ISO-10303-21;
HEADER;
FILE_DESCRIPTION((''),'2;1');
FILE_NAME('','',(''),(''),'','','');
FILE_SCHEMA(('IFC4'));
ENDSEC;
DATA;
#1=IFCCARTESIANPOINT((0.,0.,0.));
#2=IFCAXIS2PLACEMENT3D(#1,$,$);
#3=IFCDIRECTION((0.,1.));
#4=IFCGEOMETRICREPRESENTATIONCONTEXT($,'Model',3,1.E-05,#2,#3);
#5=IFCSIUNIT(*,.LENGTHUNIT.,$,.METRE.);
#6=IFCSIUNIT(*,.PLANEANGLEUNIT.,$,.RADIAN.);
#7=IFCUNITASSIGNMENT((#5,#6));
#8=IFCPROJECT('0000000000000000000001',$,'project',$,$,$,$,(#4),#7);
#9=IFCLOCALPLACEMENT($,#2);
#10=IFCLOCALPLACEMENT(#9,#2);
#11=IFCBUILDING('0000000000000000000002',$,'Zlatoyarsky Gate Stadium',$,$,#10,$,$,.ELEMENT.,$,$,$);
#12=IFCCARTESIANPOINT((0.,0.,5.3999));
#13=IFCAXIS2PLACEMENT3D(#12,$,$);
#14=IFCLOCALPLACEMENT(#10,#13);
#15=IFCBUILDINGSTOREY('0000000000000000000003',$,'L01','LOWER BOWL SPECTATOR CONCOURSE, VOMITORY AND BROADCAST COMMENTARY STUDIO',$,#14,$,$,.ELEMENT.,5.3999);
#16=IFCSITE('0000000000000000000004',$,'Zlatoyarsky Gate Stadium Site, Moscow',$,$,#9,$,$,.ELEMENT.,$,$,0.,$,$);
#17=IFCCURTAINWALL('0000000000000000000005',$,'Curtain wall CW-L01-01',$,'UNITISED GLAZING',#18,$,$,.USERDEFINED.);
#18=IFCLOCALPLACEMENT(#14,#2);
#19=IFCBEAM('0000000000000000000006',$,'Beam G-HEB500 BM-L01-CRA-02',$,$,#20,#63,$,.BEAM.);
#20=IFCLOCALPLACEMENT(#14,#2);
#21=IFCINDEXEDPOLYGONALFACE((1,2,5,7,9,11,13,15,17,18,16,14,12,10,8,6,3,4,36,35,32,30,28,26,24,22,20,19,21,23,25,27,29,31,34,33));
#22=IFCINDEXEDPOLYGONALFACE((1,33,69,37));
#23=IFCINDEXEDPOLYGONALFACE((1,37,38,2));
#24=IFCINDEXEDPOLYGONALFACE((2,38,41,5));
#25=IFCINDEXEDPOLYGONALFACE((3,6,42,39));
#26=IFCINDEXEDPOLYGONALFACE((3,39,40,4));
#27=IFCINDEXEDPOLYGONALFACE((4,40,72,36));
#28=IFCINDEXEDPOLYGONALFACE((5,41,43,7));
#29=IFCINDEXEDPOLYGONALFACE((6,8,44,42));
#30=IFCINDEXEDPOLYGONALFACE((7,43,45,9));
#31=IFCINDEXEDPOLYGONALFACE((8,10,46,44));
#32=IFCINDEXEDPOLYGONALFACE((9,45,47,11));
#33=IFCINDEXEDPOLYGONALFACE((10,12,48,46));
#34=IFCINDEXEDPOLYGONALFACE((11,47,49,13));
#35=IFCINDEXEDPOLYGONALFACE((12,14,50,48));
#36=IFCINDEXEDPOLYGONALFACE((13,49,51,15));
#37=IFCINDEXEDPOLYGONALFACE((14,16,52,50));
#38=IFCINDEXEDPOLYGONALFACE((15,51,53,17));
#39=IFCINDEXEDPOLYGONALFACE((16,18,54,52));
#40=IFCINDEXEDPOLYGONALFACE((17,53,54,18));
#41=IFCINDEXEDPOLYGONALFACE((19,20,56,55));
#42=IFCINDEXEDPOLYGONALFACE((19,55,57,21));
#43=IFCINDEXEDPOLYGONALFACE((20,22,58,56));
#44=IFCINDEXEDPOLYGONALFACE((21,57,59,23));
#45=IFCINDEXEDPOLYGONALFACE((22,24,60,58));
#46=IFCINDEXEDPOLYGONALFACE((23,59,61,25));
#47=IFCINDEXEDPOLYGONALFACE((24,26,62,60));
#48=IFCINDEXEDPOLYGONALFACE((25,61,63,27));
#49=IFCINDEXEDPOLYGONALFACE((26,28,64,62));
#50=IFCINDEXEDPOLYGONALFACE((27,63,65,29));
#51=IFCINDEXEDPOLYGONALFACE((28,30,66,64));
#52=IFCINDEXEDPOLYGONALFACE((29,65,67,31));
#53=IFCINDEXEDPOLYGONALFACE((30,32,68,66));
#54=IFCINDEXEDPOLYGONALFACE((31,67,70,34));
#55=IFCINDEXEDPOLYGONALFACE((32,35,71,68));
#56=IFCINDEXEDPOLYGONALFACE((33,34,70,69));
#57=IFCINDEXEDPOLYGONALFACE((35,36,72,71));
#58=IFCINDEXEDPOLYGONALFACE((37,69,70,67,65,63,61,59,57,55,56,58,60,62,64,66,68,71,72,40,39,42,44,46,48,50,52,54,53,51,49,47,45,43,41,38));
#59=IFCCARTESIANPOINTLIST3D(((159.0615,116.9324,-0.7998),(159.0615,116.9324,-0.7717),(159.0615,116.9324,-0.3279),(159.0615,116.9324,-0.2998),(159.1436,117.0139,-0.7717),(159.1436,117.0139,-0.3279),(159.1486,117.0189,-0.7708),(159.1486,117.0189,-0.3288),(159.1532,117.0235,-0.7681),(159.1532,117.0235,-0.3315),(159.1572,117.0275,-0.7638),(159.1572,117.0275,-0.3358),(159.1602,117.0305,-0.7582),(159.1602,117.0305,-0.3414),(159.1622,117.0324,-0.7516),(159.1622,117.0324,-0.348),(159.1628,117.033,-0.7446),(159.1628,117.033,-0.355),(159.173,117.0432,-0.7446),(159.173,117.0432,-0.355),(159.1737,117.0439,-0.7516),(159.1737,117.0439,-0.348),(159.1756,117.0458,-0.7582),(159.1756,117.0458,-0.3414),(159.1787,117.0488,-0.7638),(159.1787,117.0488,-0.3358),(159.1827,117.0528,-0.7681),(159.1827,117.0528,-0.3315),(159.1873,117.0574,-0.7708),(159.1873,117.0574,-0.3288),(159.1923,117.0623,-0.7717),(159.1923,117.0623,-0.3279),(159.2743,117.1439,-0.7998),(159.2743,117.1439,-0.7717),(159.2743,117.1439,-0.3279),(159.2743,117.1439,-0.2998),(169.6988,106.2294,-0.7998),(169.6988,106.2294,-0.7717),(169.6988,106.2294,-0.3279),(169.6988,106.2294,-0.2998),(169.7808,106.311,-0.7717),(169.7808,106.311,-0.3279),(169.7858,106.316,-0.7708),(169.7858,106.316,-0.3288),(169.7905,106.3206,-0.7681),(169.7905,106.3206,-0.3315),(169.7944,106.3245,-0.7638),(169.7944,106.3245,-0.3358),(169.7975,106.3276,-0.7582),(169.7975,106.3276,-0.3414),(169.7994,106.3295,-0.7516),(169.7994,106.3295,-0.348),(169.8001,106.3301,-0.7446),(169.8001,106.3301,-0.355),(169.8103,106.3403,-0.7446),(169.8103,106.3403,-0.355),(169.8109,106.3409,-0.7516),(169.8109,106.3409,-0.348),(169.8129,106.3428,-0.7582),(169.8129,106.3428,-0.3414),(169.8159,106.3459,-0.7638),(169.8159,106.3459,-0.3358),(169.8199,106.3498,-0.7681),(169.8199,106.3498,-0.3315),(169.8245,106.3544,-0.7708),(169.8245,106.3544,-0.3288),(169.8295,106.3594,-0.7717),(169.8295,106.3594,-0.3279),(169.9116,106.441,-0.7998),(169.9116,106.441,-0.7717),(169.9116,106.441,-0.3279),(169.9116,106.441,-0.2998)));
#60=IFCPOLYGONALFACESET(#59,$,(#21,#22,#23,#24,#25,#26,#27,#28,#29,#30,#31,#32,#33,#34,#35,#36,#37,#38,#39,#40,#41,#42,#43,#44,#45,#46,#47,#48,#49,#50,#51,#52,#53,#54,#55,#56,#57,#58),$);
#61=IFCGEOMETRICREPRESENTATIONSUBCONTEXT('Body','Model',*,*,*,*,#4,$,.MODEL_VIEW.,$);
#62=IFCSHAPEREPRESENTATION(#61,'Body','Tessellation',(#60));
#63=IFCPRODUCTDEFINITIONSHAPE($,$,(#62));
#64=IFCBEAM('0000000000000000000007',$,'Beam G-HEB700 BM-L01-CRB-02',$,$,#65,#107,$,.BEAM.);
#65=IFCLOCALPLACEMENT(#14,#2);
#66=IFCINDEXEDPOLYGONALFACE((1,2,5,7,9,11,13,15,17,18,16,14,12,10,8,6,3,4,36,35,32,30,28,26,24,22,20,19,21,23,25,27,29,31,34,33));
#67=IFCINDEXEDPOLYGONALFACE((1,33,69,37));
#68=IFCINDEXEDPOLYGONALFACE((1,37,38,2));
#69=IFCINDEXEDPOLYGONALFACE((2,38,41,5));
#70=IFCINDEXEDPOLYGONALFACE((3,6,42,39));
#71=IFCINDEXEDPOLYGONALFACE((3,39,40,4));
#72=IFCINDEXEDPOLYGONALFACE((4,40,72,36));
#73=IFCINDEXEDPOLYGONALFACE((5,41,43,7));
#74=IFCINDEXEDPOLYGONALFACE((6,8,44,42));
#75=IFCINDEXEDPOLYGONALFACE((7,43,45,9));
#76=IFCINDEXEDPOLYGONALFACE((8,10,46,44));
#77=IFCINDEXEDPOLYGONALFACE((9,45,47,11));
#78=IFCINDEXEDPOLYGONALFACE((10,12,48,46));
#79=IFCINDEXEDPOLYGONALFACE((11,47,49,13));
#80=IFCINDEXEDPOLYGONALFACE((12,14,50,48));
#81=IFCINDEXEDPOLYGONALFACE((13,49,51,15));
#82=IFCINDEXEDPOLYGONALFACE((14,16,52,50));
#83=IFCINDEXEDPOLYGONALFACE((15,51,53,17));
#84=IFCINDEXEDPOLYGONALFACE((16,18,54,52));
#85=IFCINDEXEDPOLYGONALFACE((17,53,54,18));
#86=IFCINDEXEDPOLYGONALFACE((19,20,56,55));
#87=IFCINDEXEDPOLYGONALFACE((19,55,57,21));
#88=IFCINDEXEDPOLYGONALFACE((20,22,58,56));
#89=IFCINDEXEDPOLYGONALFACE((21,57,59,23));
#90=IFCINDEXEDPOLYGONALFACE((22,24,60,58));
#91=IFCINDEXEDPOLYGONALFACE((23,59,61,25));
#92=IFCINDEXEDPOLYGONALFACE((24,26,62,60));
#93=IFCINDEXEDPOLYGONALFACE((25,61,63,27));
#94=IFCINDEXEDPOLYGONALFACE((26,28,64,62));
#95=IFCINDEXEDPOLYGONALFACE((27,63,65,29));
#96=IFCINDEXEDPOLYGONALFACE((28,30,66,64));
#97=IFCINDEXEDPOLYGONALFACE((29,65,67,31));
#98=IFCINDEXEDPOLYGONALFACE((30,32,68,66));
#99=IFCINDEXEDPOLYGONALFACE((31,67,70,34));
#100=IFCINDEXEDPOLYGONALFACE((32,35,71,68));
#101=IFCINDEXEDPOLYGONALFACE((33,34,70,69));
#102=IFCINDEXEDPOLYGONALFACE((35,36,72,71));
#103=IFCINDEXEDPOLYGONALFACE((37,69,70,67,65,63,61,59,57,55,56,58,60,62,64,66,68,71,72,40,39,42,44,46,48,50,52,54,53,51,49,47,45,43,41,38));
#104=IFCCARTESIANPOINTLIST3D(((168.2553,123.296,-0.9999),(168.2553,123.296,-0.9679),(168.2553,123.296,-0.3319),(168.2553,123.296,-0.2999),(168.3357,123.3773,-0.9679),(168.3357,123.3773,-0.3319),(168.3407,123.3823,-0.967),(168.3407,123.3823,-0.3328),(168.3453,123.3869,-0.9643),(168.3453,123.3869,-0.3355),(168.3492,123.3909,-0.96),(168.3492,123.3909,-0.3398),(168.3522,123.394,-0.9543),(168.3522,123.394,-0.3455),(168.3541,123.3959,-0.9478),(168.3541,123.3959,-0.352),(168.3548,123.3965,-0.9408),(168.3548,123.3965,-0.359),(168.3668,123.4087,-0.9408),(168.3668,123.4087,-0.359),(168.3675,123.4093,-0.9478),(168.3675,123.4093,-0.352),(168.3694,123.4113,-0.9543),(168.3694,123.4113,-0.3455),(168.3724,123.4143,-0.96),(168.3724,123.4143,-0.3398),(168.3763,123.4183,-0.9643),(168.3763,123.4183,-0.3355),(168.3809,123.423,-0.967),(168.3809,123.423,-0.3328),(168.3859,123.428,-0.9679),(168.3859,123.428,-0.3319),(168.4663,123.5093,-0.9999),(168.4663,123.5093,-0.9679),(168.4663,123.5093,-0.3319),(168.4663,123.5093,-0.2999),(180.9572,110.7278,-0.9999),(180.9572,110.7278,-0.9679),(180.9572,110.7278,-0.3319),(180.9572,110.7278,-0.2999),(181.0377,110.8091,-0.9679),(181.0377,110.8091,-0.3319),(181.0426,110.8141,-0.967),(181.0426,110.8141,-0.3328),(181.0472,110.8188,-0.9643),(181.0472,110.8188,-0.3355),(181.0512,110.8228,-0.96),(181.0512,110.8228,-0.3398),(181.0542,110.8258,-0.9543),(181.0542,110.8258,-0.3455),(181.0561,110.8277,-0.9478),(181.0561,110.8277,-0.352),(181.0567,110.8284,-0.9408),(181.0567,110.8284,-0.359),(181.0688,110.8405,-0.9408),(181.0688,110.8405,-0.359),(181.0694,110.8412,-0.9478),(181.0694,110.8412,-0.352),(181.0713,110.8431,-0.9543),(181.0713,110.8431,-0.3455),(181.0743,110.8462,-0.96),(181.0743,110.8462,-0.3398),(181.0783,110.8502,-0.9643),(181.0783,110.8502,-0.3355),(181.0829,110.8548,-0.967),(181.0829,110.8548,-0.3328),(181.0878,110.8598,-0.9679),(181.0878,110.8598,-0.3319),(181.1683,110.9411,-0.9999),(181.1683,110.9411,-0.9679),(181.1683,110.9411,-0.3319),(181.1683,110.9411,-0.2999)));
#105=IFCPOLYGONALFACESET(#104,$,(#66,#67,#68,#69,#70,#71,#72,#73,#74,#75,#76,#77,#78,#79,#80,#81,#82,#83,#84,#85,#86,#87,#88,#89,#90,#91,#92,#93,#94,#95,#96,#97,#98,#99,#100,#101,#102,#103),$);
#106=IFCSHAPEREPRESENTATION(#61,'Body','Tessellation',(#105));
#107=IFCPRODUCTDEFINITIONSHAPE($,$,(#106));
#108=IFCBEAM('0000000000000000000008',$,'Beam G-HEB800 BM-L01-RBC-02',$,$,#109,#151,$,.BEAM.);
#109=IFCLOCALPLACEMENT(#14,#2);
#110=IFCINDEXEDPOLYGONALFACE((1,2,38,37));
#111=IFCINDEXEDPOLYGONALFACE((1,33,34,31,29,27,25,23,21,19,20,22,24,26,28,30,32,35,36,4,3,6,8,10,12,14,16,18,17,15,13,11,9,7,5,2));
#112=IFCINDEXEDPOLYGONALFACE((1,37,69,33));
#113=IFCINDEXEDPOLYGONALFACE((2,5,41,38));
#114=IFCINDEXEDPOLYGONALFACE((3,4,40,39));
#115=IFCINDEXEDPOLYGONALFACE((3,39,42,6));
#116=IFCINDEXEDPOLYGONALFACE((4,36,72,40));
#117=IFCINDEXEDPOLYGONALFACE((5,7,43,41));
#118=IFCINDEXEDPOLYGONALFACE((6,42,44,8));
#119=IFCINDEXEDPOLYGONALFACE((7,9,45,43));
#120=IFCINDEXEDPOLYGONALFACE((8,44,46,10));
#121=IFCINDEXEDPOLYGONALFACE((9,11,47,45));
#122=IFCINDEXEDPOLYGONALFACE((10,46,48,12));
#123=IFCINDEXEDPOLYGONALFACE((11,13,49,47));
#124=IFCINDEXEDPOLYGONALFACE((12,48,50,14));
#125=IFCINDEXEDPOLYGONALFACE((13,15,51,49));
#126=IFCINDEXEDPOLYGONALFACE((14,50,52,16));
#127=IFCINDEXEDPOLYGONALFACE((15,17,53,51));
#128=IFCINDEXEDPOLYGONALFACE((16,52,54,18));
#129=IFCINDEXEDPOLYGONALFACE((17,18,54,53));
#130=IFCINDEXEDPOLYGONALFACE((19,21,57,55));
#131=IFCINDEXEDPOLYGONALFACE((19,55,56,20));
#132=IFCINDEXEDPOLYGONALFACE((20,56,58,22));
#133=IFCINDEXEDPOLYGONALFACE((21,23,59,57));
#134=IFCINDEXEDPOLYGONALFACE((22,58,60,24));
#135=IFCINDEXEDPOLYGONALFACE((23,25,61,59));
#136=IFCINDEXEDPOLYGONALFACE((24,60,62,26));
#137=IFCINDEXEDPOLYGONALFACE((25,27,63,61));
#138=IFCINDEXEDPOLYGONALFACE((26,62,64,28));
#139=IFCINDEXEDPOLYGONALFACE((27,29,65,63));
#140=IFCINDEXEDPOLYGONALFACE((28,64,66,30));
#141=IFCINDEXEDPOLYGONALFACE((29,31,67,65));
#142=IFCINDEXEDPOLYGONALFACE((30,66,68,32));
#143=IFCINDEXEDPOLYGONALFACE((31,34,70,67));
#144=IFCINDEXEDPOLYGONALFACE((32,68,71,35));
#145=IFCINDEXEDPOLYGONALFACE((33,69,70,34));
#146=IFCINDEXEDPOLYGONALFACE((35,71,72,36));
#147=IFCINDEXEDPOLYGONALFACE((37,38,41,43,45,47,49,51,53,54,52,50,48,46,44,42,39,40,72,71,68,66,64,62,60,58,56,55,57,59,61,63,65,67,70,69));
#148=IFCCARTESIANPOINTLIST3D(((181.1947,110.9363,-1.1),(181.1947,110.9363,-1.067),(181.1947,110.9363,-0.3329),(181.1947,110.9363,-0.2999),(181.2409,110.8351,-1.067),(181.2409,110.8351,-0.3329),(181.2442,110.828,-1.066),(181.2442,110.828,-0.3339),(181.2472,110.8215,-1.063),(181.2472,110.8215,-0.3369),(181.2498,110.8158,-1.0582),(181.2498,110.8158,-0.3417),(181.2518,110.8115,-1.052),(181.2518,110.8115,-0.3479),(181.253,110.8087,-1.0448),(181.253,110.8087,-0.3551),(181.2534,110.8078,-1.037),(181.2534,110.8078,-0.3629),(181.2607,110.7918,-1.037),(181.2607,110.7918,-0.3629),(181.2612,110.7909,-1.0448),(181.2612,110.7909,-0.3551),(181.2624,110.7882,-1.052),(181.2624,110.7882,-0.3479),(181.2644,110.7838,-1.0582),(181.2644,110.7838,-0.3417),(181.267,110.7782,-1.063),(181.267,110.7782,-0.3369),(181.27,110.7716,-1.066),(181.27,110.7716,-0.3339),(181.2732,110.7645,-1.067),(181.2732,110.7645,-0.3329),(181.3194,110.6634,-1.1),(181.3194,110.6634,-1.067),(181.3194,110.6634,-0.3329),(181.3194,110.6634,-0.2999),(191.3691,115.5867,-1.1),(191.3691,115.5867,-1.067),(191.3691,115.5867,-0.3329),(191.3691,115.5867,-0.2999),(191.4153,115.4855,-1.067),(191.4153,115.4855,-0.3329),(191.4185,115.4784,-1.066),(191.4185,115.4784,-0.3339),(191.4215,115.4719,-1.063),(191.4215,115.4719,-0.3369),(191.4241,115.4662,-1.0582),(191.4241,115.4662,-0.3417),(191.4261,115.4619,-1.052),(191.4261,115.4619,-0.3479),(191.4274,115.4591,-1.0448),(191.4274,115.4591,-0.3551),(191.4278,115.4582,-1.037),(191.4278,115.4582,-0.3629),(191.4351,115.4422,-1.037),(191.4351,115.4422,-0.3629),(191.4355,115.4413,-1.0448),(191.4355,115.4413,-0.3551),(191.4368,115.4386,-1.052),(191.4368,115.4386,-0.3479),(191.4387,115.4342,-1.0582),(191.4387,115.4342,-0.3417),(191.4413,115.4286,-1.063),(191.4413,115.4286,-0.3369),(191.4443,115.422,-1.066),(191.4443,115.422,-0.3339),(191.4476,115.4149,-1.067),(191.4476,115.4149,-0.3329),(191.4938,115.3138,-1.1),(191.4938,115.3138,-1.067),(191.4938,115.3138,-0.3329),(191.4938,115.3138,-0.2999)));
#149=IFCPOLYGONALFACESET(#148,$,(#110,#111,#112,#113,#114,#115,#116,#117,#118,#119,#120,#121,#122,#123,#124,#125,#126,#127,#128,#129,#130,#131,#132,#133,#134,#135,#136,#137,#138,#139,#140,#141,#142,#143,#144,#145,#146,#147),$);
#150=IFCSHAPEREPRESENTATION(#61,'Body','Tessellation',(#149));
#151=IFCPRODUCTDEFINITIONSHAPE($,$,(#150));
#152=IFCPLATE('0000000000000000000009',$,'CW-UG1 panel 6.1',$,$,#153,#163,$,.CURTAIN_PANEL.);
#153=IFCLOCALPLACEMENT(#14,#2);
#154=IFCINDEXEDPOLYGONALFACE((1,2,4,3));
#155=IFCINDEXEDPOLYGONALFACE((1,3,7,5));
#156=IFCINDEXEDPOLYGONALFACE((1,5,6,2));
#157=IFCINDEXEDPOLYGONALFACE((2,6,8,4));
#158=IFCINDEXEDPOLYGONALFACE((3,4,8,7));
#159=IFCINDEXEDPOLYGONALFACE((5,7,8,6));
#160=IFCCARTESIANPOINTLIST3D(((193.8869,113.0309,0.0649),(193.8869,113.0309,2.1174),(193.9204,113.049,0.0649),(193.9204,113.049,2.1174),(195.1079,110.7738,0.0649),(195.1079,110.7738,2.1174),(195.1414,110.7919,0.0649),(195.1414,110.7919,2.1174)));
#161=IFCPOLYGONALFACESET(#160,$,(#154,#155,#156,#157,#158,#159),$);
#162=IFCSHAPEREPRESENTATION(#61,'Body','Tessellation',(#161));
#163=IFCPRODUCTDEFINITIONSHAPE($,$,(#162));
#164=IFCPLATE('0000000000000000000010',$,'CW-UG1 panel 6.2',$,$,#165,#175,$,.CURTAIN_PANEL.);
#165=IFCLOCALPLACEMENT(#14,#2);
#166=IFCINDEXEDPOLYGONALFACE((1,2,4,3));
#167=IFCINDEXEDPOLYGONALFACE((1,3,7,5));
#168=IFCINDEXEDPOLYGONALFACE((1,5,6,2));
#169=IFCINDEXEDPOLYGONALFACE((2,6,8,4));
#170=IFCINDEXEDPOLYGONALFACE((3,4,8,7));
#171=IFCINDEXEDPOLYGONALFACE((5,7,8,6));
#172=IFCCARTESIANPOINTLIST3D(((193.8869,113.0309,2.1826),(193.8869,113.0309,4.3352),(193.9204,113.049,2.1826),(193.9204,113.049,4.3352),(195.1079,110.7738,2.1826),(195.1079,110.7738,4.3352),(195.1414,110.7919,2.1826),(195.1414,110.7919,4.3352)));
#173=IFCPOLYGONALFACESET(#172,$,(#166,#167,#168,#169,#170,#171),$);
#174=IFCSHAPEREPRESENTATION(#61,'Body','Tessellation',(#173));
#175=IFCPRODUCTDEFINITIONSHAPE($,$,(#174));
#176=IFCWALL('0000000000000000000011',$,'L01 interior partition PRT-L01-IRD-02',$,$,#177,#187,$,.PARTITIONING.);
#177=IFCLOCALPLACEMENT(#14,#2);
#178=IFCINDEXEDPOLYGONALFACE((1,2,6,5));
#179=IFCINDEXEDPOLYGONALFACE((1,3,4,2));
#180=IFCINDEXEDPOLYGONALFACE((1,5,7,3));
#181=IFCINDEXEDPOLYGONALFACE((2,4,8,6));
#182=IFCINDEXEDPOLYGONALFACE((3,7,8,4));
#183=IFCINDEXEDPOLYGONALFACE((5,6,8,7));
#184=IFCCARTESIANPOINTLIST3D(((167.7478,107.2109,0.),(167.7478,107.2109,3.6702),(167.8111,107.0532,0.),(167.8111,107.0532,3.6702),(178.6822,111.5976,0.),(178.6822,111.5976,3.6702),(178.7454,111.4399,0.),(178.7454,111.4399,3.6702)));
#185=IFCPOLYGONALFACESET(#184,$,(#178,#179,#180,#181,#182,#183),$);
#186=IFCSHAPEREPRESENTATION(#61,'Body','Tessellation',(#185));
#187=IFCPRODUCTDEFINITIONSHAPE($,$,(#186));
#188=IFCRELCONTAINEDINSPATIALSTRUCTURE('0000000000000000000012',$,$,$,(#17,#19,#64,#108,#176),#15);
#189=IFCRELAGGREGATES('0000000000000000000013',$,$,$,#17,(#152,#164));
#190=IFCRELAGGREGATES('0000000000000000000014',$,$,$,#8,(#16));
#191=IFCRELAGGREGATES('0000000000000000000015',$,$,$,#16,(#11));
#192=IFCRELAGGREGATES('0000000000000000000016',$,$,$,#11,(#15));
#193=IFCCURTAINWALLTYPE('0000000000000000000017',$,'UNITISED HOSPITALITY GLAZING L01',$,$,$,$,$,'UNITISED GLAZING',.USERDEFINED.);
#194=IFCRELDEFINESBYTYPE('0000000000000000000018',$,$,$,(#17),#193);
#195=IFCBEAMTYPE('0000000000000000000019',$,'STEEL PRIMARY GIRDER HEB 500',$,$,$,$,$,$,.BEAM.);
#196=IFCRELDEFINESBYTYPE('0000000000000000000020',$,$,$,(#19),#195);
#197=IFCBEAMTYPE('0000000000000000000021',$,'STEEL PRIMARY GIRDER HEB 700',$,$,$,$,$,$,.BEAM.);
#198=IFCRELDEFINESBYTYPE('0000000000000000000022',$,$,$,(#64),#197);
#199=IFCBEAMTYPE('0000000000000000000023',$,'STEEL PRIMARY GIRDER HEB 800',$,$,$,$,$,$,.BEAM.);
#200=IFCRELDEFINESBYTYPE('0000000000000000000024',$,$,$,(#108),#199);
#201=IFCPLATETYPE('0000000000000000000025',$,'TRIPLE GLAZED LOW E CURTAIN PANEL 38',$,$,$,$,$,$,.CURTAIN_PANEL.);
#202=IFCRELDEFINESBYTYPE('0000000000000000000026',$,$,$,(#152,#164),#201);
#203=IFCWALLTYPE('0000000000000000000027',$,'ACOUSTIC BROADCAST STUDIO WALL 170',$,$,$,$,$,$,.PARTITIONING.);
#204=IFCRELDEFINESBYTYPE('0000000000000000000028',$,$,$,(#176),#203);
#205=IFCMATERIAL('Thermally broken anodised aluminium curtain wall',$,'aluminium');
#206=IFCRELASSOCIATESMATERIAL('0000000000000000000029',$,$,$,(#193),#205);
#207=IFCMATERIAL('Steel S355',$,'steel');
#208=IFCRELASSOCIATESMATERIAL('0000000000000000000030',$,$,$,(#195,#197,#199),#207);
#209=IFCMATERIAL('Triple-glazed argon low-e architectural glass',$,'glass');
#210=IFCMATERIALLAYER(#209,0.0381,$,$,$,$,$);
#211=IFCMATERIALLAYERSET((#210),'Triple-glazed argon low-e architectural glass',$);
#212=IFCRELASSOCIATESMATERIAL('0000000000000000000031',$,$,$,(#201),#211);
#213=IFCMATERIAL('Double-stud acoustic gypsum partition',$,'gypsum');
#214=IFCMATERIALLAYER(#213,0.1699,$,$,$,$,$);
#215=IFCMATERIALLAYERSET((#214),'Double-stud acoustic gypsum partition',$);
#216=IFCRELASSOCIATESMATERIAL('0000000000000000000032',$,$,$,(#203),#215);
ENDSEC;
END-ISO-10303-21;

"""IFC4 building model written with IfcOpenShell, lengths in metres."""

from ifc_helpers import new_model, si_unit, direction, frame, frame_2d, origin, origin_2d, place, context, subcontext, project, spatial, rectangle, i_section, extrude, material, layer, layer_set, material_profile, profile_set, type_object, element, aggregate, save


model = new_model("IFC4")

# Units and contexts
model_context = context("Model", 3, precision=1e-05, world=origin(), true_north=direction((0.0, 1.0)))
body_context = subcontext(model_context, "Body", "Model", "MODEL_VIEW")
ifc_project = project(units=[si_unit("LENGTHUNIT", "METRE"), si_unit("PLANEANGLEUNIT", "RADIAN")], contexts=[model_context])

# Site, building, storey
site_placement = place(None, origin())
site = spatial("IfcSite", under=ifc_project, at=site_placement, Name="Zlatoyarsky Gate Stadium Site, Moscow", CompositionType="ELEMENT", RefElevation=0.0)
building_placement = place(site_placement, origin())
building = spatial("IfcBuilding", under=site, at=building_placement, Name="Zlatoyarsky Gate Stadium", CompositionType="ELEMENT")
storey_placement = place(building_placement, frame((0.0, 0.0, 5.3999)))
storey = spatial("IfcBuildingStorey", under=building, at=storey_placement, Name="L01", Description="LOWER BOWL SPECTATOR CONCOURSE, VOMITORY AND BROADCAST COMMENTARY STUDIO", CompositionType="ELEMENT", Elevation=5.3999)

# Curtain wall
ifc_material_1 = material(Name="Thermally broken anodised aluminium curtain wall", Category="aluminium")
curtain_wall_type = type_object("IfcCurtainWallType", Name="UNITISED HOSPITALITY GLAZING L01", ElementType="UNITISED GLAZING", PredefinedType="USERDEFINED", material=ifc_material_1)
curtain_wall_placement = place(storey_placement, origin())
curtain_wall = element("IfcCurtainWall", 1, at=curtain_wall_placement, inside=storey, type_object=curtain_wall_type, Name="Curtain wall CW-L01-01", ObjectType="UNITISED GLAZING", PredefinedType="USERDEFINED")

# Beams
ifc_material_2 = material(Name="Steel S355", Category="steel")
ifc_material_profile_1 = material_profile(ifc_material_2, i_section(OverallWidth=0.3, OverallDepth=0.5, WebThickness=0.0144, FlangeThickness=0.0281, FilletRadius=0.0271, at=origin_2d()), Name="HEB 500")
ifc_profile_set_1 = profile_set([ifc_material_profile_1], Name="Steel S355")
beam_type_1 = type_object("IfcBeamType", Name="STEEL PRIMARY GIRDER HEB 500", PredefinedType="BEAM", material=ifc_profile_set_1)
beam_1_placement = place(storey_placement, frame((169.8052, 106.3352, -0.5498), z_axis=(-0.704927, 0.70928, 0.0), x_axis=(-0.70928, -0.704927, 0.0)))
element("IfcBeam", 2, at=beam_1_placement, inside=storey, type_object=beam_type_1, Name="Beam G-HEB500 BM-L01-CRA-02", PredefinedType="BEAM", context=body_context, shape_type="SweptSolid", body=[
    extrude(i_section(OverallWidth=0.3, OverallDepth=0.5, WebThickness=0.0144, FlangeThickness=0.0281, FilletRadius=0.0271, at=origin_2d()), origin(), (0.0, 0.0, 1.0), 15.0898),
])
ifc_material_profile_2 = material_profile(ifc_material_2, i_section(OverallWidth=0.3, OverallDepth=0.7, WebThickness=0.0171, FlangeThickness=0.032, FilletRadius=0.0271, at=origin_2d()), Name="HEB 700")
ifc_profile_set_2 = profile_set([ifc_material_profile_2], Name="Steel S355")
beam_type_2 = type_object("IfcBeamType", Name="STEEL PRIMARY GIRDER HEB 700", PredefinedType="BEAM", material=ifc_profile_set_2)
beam_2_placement = place(storey_placement, frame((181.0627, 110.8345, -0.6499), z_axis=(-0.710841, 0.703353, 0.0), x_axis=(-0.703353, -0.710841, 0.0)))
element("IfcBeam", 3, at=beam_2_placement, inside=storey, type_object=beam_type_2, Name="Beam G-HEB700 BM-L01-CRB-02", PredefinedType="BEAM", context=body_context, shape_type="SweptSolid", body=[
    extrude(i_section(OverallWidth=0.3, OverallDepth=0.7, WebThickness=0.0171, FlangeThickness=0.032, FilletRadius=0.0271, at=origin_2d()), origin(), (0.0, 0.0, 1.0), 17.8689),
])
ifc_material_profile_3 = material_profile(ifc_material_2, i_section(OverallWidth=0.3, OverallDepth=0.8, WebThickness=0.0176, FlangeThickness=0.033, FilletRadius=0.03, at=origin_2d()), Name="HEB 800")
ifc_profile_set_3 = profile_set([ifc_material_profile_3], Name="Steel S355")
beam_type_3 = type_object("IfcBeamType", Name="STEEL PRIMARY GIRDER HEB 800", PredefinedType="BEAM", material=ifc_profile_set_3)
beam_3_placement = place(storey_placement, frame((181.2571, 110.7998, -0.7), z_axis=(0.909499, 0.415706, 0.0), x_axis=(-0.415706, 0.909499, 0.0)))
element("IfcBeam", 4, at=beam_3_placement, inside=storey, type_object=beam_type_3, Name="Beam G-HEB800 BM-L01-RBC-02", PredefinedType="BEAM", context=body_context, shape_type="SweptSolid", body=[
    extrude(i_section(OverallWidth=0.3, OverallDepth=0.8, WebThickness=0.0176, FlangeThickness=0.033, FilletRadius=0.03, at=origin_2d()), origin(), (0.0, 0.0, 1.0), 11.1868),
])

# Plates
ifc_material_3 = material(Name="Triple-glazed argon low-e architectural glass", Category="glass")
ifc_layer_1 = layer(ifc_material_3, 0.0381)
ifc_layer_set_1 = layer_set([ifc_layer_1], Name="Triple-glazed argon low-e architectural glass")
plate_type = type_object("IfcPlateType", Name="TRIPLE GLAZED LOW E CURTAIN PANEL 38", PredefinedType="CURTAIN_PANEL", material=ifc_layer_set_1)
plate_1_placement = place(storey_placement, frame((194.5142, 111.9114, 0.0649), z_axis=(0.0, 0.0, 1.0), x_axis=(-0.475784, 0.879562, 0.0)))
plate_1 = element("IfcPlate", 5, at=plate_1_placement, type_object=plate_type, Name="CW-UG1 panel 6.1", PredefinedType="CURTAIN_PANEL", context=body_context, shape_type="SweptSolid", body=[
    extrude(rectangle(XDim=2.5662, YDim=0.0381, at=origin_2d()), origin(), (0.0, 0.0, 1.0), 2.0525),
])
plate_2_placement = place(storey_placement, frame((194.5142, 111.9114, 2.1826), z_axis=(0.0, 0.0, 1.0), x_axis=(-0.475784, 0.879562, 0.0)))
plate_2 = element("IfcPlate", 6, at=plate_2_placement, type_object=plate_type, Name="CW-UG1 panel 6.2", PredefinedType="CURTAIN_PANEL", context=body_context, shape_type="SweptSolid", body=[
    extrude(rectangle(XDim=2.5662, YDim=0.0381, at=origin_2d()), origin(), (0.0, 0.0, 1.0), 2.1526),
])
aggregate(curtain_wall, [plate_1, plate_2])

# Wall
ifc_material_4 = material(Name="Double-stud acoustic gypsum partition", Category="gypsum")
ifc_layer_2 = layer(ifc_material_4, 0.1699)
ifc_layer_set_2 = layer_set([ifc_layer_2], Name="Double-stud acoustic gypsum partition")
wall_type_1 = type_object("IfcWallType", Name="ACOUSTIC BROADCAST STUDIO WALL 170", PredefinedType="PARTITIONING", material=ifc_layer_set_2)
wall_1_placement = place(storey_placement, frame((167.7795, 107.1321, 0.0), z_axis=(0.0, 0.0, 1.0), x_axis=(0.928096, 0.372341, 0.0)))
element("IfcWall", 7, at=wall_1_placement, inside=storey, type_object=wall_type_1, Name="L01 interior partition PRT-L01-IRD-02", PredefinedType="PARTITIONING", context=body_context, shape_type="SweptSolid", body=[
    extrude(rectangle(XDim=11.7815, YDim=0.1699, at=frame_2d((5.8906, 0.0))), origin(), (0.0, 0.0, 1.0), 3.6702),
])

save(model, "model.ifc")
